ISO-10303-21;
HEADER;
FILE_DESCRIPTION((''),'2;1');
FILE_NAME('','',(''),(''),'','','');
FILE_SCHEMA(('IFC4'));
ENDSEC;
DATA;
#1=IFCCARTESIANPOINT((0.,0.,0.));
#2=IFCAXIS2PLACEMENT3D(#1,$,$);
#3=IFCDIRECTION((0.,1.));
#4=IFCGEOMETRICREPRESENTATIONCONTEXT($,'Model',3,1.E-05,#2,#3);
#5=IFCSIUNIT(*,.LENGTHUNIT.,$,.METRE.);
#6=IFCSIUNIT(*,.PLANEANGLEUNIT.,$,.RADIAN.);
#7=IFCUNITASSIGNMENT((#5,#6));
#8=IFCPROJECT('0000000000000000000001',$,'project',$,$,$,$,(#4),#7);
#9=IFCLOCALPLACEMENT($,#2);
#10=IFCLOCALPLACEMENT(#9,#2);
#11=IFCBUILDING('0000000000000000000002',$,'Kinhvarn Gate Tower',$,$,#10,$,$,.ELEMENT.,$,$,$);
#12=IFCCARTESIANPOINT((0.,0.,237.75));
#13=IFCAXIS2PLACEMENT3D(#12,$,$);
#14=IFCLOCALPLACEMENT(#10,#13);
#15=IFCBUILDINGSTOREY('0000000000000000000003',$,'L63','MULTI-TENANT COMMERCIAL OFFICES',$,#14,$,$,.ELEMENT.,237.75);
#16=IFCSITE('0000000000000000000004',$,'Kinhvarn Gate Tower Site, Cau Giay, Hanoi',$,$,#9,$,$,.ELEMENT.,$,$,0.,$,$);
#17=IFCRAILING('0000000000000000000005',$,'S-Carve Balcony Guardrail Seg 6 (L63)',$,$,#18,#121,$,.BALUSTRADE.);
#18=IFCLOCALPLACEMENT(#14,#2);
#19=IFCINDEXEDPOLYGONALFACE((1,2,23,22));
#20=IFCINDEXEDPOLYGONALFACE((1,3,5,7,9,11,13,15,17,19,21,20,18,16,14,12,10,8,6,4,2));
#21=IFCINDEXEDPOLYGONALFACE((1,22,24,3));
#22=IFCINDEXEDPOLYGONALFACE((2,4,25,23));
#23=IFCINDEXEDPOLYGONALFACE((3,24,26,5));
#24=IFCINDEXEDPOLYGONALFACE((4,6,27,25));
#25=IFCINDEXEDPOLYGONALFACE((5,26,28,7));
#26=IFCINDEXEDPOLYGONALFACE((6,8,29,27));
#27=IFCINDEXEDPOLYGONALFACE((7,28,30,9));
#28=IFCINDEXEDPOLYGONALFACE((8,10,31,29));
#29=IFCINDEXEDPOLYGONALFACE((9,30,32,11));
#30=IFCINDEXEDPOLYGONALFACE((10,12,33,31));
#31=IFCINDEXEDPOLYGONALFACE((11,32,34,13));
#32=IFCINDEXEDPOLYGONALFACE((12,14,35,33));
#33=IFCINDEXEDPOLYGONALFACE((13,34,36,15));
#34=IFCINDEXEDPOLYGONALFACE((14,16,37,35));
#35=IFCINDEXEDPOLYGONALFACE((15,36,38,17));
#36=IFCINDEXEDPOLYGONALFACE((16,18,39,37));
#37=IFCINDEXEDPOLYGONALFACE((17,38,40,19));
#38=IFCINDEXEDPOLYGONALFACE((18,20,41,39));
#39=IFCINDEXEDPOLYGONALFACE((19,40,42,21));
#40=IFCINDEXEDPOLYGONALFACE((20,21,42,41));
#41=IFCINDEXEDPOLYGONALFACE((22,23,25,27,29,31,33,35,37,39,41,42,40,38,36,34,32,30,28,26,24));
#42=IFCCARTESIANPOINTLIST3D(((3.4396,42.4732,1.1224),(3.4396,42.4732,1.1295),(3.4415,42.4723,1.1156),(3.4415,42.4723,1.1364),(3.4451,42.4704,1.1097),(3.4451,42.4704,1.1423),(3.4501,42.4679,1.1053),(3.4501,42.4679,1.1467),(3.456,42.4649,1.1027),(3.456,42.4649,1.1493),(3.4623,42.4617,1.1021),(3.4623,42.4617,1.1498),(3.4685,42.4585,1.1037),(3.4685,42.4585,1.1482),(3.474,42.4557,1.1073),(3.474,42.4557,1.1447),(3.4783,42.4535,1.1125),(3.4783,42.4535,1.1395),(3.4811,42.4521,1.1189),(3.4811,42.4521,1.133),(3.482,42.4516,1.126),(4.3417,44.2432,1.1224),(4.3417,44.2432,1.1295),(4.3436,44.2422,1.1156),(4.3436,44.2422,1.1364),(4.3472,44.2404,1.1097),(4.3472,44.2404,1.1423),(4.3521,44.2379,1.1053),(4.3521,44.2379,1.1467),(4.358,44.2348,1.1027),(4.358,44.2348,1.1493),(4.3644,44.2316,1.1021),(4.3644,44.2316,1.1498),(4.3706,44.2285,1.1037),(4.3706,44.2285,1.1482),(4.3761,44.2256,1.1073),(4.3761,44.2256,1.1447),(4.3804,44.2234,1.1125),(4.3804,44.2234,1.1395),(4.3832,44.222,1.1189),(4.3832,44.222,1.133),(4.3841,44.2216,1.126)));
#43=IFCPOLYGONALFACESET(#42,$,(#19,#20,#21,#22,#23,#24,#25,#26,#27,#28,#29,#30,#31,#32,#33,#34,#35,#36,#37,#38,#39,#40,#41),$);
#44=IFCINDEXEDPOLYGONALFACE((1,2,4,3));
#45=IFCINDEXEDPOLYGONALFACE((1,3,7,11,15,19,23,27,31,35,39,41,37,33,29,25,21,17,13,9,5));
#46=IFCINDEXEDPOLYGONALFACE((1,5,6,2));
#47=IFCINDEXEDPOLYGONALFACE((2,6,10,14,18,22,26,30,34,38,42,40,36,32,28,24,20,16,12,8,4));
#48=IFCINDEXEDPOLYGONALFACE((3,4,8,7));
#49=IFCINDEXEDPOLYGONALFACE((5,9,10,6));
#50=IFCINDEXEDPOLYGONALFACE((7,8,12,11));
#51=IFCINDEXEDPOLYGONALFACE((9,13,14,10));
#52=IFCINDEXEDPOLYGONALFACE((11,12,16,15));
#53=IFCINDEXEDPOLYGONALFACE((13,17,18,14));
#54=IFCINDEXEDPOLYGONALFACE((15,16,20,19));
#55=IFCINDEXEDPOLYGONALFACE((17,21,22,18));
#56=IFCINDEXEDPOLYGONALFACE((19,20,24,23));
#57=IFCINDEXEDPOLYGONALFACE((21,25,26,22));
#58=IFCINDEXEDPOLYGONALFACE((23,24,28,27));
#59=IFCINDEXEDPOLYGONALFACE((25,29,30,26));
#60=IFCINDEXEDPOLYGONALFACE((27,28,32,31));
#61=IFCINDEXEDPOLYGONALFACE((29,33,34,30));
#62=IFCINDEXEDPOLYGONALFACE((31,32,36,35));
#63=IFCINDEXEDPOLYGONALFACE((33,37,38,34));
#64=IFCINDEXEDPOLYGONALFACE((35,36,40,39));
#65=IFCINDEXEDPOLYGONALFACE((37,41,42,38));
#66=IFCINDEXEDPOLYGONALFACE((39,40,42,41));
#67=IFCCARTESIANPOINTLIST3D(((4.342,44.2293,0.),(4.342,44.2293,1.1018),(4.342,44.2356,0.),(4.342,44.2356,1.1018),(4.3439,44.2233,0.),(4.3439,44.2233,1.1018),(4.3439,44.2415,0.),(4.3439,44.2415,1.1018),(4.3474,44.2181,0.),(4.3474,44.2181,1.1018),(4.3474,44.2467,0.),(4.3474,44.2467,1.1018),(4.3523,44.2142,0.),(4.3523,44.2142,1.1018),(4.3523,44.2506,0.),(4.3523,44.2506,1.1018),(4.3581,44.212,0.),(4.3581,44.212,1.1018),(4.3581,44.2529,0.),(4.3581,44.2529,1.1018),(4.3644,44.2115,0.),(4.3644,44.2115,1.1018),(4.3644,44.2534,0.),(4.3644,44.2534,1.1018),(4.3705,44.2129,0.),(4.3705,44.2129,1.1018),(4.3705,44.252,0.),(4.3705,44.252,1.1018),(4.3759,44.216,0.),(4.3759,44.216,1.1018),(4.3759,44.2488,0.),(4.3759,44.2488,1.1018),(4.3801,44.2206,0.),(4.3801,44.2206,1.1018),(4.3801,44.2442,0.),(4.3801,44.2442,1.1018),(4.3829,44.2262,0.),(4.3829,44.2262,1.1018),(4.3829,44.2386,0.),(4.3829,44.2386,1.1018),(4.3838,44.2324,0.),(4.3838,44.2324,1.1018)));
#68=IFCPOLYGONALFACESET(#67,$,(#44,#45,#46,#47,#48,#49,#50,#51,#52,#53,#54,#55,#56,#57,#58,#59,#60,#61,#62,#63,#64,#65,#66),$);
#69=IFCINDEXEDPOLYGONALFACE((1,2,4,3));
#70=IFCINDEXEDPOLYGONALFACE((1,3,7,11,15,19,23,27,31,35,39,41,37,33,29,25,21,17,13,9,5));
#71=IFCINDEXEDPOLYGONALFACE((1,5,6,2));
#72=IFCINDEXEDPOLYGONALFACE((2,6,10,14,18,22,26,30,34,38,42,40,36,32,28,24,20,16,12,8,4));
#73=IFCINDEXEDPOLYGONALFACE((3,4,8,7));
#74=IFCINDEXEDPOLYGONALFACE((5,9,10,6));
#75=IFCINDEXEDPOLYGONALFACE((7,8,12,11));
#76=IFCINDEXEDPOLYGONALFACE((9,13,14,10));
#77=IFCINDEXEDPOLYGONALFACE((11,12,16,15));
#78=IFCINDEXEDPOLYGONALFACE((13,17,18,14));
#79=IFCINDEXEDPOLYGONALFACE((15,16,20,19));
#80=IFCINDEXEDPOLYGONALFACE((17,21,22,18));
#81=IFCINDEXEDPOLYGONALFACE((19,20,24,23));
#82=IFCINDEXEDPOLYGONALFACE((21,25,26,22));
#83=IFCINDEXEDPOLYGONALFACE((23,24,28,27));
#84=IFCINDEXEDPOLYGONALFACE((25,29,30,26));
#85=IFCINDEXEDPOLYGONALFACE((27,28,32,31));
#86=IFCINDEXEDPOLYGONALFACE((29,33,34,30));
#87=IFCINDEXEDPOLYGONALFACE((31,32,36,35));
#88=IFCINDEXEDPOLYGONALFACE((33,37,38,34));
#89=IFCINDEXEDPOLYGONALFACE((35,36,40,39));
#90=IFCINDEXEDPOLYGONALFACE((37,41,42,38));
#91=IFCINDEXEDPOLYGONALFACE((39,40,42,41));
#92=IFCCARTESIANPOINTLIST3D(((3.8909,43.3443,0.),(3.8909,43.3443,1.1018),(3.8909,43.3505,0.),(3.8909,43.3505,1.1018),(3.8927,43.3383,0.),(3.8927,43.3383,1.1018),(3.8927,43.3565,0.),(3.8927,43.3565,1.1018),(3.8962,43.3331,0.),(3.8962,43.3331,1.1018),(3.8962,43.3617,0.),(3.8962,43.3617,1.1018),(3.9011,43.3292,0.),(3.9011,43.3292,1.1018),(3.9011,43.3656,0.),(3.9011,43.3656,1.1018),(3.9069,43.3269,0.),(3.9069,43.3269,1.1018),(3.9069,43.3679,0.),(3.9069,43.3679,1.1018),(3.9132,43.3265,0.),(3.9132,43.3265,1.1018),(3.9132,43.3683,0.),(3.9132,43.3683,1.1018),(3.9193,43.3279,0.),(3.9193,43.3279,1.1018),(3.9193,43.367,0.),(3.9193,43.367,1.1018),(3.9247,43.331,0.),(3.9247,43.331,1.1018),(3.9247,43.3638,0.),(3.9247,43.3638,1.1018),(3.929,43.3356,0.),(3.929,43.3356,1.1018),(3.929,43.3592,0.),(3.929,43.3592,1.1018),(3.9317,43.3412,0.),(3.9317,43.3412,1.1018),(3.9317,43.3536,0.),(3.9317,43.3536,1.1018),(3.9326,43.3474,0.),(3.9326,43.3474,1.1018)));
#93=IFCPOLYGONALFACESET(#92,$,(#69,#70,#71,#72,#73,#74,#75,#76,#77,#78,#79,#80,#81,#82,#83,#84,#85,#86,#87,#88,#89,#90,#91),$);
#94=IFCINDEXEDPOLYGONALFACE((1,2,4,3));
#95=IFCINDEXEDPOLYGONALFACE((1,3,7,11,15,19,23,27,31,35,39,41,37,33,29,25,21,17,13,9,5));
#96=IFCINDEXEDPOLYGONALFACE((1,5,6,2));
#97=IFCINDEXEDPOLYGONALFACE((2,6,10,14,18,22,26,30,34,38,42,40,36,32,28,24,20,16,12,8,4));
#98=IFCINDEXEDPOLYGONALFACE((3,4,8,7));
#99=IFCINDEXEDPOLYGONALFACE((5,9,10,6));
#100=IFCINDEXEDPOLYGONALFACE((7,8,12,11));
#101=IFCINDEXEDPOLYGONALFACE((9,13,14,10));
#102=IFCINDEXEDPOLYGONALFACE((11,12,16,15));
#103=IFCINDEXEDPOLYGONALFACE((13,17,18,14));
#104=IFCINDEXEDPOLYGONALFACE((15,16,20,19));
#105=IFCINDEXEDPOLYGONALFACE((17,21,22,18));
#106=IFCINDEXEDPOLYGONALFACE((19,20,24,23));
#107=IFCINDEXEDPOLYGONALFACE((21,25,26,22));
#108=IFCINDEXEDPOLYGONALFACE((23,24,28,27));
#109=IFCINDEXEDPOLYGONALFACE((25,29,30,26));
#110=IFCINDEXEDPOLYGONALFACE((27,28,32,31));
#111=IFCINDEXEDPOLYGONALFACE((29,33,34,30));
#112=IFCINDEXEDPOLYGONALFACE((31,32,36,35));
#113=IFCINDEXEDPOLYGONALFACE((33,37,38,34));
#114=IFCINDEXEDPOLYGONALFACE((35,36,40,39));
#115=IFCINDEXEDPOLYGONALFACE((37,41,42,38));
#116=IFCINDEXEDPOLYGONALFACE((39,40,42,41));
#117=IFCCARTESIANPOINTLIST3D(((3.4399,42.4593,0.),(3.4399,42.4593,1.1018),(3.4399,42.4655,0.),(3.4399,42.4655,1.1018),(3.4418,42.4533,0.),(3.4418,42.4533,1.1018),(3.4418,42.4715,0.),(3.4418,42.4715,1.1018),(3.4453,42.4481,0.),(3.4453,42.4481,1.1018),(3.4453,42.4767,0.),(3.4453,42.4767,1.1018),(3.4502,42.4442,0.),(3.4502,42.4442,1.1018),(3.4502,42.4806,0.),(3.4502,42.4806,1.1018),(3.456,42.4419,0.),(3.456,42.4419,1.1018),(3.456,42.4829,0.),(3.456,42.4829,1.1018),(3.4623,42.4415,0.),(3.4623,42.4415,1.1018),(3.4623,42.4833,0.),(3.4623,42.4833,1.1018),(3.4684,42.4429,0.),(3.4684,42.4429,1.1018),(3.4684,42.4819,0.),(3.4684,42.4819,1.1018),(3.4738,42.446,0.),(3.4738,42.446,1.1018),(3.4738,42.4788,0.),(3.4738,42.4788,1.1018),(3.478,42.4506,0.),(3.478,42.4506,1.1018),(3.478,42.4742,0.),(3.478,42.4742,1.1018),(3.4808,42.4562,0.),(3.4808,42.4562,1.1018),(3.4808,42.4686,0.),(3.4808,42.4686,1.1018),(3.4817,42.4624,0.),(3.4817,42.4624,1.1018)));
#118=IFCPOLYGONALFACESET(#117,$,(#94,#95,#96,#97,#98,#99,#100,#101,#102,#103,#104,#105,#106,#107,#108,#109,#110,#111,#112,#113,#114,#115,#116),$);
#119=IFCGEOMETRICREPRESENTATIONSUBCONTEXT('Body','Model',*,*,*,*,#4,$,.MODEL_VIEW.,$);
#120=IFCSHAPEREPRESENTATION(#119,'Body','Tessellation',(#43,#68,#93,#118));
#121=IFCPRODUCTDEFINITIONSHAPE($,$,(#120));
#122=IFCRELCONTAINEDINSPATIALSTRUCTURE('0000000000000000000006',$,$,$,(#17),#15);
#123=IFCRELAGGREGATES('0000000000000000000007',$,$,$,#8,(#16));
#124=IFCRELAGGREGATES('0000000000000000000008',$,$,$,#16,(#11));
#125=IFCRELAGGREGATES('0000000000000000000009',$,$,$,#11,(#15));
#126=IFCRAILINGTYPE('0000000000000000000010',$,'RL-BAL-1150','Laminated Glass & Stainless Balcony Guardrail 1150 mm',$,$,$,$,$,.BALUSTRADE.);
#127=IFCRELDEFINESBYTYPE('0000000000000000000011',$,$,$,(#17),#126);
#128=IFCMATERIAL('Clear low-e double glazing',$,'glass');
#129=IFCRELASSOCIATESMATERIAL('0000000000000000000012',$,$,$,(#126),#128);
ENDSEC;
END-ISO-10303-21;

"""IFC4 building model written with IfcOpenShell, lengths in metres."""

from ifc_helpers import new_model, si_unit, direction, frame, origin, origin_2d, place, context, subcontext, project, spatial, circle, extrude, material, type_object, element, save


model = new_model("IFC4")

# Units and contexts
model_context = context("Model", 3, precision=1e-05, world=origin(), true_north=direction((0.0, 1.0)))
body_context = subcontext(model_context, "Body", "Model", "MODEL_VIEW")
ifc_project = project(units=[si_unit("LENGTHUNIT", "METRE"), si_unit("PLANEANGLEUNIT", "RADIAN")], contexts=[model_context])

# Site, building, storey
site_placement = place(None, origin())
site = spatial("IfcSite", under=ifc_project, at=site_placement, Name="Kinhvarn Gate Tower Site, Cau Giay, Hanoi", CompositionType="ELEMENT", RefElevation=0.0)
building_placement = place(site_placement, origin())
building = spatial("IfcBuilding", under=site, at=building_placement, Name="Kinhvarn Gate Tower", CompositionType="ELEMENT")
storey_placement = place(building_placement, frame((0.0, 0.0, 237.75)))
storey = spatial("IfcBuildingStorey", under=building, at=storey_placement, Name="L63", Description="MULTI-TENANT COMMERCIAL OFFICES", CompositionType="ELEMENT", Elevation=237.75)

# Shared definitions
ifc_material_1 = material(Name="Clear low-e double glazing", Category="glass")

# Railing
railing_type = type_object("IfcRailingType", Name="RL-BAL-1150", Description="Laminated Glass & Stainless Balcony Guardrail 1150 mm", PredefinedType="BALUSTRADE", material=ifc_material_1)
railing_1_placement = place(storey_placement, frame((4.3628, 44.2324, 0.0)))
element("IfcRailing", 1, at=railing_1_placement, inside=storey, type_object=railing_type, Name="S-Carve Balcony Guardrail Seg 6 (L63)", PredefinedType="BALUSTRADE", context=body_context, shape_type="SweptSolid", body=[
    extrude(circle(Radius=0.0239, at=origin_2d()), frame((0.0, 0.0, 1.126), z_axis=(-0.454082, -0.89096, 0.0), x_axis=(0.89096, -0.454082, 0.0)), (0.0, 0.0, 1.0), 1.9866),
    extrude(circle(Radius=0.021, at=origin_2d()), origin(), (0.0, 0.0, 1.0), 1.1018),
    extrude(circle(Radius=0.021, at=origin_2d()), frame((-0.4512, -0.885, 0.0)), (0.0, 0.0, 1.0), 1.1018),
    extrude(circle(Radius=0.021, at=origin_2d()), frame((-0.9021, -1.77, 0.0)), (0.0, 0.0, 1.0), 1.1018),
])

save(model, "model.ifc")
